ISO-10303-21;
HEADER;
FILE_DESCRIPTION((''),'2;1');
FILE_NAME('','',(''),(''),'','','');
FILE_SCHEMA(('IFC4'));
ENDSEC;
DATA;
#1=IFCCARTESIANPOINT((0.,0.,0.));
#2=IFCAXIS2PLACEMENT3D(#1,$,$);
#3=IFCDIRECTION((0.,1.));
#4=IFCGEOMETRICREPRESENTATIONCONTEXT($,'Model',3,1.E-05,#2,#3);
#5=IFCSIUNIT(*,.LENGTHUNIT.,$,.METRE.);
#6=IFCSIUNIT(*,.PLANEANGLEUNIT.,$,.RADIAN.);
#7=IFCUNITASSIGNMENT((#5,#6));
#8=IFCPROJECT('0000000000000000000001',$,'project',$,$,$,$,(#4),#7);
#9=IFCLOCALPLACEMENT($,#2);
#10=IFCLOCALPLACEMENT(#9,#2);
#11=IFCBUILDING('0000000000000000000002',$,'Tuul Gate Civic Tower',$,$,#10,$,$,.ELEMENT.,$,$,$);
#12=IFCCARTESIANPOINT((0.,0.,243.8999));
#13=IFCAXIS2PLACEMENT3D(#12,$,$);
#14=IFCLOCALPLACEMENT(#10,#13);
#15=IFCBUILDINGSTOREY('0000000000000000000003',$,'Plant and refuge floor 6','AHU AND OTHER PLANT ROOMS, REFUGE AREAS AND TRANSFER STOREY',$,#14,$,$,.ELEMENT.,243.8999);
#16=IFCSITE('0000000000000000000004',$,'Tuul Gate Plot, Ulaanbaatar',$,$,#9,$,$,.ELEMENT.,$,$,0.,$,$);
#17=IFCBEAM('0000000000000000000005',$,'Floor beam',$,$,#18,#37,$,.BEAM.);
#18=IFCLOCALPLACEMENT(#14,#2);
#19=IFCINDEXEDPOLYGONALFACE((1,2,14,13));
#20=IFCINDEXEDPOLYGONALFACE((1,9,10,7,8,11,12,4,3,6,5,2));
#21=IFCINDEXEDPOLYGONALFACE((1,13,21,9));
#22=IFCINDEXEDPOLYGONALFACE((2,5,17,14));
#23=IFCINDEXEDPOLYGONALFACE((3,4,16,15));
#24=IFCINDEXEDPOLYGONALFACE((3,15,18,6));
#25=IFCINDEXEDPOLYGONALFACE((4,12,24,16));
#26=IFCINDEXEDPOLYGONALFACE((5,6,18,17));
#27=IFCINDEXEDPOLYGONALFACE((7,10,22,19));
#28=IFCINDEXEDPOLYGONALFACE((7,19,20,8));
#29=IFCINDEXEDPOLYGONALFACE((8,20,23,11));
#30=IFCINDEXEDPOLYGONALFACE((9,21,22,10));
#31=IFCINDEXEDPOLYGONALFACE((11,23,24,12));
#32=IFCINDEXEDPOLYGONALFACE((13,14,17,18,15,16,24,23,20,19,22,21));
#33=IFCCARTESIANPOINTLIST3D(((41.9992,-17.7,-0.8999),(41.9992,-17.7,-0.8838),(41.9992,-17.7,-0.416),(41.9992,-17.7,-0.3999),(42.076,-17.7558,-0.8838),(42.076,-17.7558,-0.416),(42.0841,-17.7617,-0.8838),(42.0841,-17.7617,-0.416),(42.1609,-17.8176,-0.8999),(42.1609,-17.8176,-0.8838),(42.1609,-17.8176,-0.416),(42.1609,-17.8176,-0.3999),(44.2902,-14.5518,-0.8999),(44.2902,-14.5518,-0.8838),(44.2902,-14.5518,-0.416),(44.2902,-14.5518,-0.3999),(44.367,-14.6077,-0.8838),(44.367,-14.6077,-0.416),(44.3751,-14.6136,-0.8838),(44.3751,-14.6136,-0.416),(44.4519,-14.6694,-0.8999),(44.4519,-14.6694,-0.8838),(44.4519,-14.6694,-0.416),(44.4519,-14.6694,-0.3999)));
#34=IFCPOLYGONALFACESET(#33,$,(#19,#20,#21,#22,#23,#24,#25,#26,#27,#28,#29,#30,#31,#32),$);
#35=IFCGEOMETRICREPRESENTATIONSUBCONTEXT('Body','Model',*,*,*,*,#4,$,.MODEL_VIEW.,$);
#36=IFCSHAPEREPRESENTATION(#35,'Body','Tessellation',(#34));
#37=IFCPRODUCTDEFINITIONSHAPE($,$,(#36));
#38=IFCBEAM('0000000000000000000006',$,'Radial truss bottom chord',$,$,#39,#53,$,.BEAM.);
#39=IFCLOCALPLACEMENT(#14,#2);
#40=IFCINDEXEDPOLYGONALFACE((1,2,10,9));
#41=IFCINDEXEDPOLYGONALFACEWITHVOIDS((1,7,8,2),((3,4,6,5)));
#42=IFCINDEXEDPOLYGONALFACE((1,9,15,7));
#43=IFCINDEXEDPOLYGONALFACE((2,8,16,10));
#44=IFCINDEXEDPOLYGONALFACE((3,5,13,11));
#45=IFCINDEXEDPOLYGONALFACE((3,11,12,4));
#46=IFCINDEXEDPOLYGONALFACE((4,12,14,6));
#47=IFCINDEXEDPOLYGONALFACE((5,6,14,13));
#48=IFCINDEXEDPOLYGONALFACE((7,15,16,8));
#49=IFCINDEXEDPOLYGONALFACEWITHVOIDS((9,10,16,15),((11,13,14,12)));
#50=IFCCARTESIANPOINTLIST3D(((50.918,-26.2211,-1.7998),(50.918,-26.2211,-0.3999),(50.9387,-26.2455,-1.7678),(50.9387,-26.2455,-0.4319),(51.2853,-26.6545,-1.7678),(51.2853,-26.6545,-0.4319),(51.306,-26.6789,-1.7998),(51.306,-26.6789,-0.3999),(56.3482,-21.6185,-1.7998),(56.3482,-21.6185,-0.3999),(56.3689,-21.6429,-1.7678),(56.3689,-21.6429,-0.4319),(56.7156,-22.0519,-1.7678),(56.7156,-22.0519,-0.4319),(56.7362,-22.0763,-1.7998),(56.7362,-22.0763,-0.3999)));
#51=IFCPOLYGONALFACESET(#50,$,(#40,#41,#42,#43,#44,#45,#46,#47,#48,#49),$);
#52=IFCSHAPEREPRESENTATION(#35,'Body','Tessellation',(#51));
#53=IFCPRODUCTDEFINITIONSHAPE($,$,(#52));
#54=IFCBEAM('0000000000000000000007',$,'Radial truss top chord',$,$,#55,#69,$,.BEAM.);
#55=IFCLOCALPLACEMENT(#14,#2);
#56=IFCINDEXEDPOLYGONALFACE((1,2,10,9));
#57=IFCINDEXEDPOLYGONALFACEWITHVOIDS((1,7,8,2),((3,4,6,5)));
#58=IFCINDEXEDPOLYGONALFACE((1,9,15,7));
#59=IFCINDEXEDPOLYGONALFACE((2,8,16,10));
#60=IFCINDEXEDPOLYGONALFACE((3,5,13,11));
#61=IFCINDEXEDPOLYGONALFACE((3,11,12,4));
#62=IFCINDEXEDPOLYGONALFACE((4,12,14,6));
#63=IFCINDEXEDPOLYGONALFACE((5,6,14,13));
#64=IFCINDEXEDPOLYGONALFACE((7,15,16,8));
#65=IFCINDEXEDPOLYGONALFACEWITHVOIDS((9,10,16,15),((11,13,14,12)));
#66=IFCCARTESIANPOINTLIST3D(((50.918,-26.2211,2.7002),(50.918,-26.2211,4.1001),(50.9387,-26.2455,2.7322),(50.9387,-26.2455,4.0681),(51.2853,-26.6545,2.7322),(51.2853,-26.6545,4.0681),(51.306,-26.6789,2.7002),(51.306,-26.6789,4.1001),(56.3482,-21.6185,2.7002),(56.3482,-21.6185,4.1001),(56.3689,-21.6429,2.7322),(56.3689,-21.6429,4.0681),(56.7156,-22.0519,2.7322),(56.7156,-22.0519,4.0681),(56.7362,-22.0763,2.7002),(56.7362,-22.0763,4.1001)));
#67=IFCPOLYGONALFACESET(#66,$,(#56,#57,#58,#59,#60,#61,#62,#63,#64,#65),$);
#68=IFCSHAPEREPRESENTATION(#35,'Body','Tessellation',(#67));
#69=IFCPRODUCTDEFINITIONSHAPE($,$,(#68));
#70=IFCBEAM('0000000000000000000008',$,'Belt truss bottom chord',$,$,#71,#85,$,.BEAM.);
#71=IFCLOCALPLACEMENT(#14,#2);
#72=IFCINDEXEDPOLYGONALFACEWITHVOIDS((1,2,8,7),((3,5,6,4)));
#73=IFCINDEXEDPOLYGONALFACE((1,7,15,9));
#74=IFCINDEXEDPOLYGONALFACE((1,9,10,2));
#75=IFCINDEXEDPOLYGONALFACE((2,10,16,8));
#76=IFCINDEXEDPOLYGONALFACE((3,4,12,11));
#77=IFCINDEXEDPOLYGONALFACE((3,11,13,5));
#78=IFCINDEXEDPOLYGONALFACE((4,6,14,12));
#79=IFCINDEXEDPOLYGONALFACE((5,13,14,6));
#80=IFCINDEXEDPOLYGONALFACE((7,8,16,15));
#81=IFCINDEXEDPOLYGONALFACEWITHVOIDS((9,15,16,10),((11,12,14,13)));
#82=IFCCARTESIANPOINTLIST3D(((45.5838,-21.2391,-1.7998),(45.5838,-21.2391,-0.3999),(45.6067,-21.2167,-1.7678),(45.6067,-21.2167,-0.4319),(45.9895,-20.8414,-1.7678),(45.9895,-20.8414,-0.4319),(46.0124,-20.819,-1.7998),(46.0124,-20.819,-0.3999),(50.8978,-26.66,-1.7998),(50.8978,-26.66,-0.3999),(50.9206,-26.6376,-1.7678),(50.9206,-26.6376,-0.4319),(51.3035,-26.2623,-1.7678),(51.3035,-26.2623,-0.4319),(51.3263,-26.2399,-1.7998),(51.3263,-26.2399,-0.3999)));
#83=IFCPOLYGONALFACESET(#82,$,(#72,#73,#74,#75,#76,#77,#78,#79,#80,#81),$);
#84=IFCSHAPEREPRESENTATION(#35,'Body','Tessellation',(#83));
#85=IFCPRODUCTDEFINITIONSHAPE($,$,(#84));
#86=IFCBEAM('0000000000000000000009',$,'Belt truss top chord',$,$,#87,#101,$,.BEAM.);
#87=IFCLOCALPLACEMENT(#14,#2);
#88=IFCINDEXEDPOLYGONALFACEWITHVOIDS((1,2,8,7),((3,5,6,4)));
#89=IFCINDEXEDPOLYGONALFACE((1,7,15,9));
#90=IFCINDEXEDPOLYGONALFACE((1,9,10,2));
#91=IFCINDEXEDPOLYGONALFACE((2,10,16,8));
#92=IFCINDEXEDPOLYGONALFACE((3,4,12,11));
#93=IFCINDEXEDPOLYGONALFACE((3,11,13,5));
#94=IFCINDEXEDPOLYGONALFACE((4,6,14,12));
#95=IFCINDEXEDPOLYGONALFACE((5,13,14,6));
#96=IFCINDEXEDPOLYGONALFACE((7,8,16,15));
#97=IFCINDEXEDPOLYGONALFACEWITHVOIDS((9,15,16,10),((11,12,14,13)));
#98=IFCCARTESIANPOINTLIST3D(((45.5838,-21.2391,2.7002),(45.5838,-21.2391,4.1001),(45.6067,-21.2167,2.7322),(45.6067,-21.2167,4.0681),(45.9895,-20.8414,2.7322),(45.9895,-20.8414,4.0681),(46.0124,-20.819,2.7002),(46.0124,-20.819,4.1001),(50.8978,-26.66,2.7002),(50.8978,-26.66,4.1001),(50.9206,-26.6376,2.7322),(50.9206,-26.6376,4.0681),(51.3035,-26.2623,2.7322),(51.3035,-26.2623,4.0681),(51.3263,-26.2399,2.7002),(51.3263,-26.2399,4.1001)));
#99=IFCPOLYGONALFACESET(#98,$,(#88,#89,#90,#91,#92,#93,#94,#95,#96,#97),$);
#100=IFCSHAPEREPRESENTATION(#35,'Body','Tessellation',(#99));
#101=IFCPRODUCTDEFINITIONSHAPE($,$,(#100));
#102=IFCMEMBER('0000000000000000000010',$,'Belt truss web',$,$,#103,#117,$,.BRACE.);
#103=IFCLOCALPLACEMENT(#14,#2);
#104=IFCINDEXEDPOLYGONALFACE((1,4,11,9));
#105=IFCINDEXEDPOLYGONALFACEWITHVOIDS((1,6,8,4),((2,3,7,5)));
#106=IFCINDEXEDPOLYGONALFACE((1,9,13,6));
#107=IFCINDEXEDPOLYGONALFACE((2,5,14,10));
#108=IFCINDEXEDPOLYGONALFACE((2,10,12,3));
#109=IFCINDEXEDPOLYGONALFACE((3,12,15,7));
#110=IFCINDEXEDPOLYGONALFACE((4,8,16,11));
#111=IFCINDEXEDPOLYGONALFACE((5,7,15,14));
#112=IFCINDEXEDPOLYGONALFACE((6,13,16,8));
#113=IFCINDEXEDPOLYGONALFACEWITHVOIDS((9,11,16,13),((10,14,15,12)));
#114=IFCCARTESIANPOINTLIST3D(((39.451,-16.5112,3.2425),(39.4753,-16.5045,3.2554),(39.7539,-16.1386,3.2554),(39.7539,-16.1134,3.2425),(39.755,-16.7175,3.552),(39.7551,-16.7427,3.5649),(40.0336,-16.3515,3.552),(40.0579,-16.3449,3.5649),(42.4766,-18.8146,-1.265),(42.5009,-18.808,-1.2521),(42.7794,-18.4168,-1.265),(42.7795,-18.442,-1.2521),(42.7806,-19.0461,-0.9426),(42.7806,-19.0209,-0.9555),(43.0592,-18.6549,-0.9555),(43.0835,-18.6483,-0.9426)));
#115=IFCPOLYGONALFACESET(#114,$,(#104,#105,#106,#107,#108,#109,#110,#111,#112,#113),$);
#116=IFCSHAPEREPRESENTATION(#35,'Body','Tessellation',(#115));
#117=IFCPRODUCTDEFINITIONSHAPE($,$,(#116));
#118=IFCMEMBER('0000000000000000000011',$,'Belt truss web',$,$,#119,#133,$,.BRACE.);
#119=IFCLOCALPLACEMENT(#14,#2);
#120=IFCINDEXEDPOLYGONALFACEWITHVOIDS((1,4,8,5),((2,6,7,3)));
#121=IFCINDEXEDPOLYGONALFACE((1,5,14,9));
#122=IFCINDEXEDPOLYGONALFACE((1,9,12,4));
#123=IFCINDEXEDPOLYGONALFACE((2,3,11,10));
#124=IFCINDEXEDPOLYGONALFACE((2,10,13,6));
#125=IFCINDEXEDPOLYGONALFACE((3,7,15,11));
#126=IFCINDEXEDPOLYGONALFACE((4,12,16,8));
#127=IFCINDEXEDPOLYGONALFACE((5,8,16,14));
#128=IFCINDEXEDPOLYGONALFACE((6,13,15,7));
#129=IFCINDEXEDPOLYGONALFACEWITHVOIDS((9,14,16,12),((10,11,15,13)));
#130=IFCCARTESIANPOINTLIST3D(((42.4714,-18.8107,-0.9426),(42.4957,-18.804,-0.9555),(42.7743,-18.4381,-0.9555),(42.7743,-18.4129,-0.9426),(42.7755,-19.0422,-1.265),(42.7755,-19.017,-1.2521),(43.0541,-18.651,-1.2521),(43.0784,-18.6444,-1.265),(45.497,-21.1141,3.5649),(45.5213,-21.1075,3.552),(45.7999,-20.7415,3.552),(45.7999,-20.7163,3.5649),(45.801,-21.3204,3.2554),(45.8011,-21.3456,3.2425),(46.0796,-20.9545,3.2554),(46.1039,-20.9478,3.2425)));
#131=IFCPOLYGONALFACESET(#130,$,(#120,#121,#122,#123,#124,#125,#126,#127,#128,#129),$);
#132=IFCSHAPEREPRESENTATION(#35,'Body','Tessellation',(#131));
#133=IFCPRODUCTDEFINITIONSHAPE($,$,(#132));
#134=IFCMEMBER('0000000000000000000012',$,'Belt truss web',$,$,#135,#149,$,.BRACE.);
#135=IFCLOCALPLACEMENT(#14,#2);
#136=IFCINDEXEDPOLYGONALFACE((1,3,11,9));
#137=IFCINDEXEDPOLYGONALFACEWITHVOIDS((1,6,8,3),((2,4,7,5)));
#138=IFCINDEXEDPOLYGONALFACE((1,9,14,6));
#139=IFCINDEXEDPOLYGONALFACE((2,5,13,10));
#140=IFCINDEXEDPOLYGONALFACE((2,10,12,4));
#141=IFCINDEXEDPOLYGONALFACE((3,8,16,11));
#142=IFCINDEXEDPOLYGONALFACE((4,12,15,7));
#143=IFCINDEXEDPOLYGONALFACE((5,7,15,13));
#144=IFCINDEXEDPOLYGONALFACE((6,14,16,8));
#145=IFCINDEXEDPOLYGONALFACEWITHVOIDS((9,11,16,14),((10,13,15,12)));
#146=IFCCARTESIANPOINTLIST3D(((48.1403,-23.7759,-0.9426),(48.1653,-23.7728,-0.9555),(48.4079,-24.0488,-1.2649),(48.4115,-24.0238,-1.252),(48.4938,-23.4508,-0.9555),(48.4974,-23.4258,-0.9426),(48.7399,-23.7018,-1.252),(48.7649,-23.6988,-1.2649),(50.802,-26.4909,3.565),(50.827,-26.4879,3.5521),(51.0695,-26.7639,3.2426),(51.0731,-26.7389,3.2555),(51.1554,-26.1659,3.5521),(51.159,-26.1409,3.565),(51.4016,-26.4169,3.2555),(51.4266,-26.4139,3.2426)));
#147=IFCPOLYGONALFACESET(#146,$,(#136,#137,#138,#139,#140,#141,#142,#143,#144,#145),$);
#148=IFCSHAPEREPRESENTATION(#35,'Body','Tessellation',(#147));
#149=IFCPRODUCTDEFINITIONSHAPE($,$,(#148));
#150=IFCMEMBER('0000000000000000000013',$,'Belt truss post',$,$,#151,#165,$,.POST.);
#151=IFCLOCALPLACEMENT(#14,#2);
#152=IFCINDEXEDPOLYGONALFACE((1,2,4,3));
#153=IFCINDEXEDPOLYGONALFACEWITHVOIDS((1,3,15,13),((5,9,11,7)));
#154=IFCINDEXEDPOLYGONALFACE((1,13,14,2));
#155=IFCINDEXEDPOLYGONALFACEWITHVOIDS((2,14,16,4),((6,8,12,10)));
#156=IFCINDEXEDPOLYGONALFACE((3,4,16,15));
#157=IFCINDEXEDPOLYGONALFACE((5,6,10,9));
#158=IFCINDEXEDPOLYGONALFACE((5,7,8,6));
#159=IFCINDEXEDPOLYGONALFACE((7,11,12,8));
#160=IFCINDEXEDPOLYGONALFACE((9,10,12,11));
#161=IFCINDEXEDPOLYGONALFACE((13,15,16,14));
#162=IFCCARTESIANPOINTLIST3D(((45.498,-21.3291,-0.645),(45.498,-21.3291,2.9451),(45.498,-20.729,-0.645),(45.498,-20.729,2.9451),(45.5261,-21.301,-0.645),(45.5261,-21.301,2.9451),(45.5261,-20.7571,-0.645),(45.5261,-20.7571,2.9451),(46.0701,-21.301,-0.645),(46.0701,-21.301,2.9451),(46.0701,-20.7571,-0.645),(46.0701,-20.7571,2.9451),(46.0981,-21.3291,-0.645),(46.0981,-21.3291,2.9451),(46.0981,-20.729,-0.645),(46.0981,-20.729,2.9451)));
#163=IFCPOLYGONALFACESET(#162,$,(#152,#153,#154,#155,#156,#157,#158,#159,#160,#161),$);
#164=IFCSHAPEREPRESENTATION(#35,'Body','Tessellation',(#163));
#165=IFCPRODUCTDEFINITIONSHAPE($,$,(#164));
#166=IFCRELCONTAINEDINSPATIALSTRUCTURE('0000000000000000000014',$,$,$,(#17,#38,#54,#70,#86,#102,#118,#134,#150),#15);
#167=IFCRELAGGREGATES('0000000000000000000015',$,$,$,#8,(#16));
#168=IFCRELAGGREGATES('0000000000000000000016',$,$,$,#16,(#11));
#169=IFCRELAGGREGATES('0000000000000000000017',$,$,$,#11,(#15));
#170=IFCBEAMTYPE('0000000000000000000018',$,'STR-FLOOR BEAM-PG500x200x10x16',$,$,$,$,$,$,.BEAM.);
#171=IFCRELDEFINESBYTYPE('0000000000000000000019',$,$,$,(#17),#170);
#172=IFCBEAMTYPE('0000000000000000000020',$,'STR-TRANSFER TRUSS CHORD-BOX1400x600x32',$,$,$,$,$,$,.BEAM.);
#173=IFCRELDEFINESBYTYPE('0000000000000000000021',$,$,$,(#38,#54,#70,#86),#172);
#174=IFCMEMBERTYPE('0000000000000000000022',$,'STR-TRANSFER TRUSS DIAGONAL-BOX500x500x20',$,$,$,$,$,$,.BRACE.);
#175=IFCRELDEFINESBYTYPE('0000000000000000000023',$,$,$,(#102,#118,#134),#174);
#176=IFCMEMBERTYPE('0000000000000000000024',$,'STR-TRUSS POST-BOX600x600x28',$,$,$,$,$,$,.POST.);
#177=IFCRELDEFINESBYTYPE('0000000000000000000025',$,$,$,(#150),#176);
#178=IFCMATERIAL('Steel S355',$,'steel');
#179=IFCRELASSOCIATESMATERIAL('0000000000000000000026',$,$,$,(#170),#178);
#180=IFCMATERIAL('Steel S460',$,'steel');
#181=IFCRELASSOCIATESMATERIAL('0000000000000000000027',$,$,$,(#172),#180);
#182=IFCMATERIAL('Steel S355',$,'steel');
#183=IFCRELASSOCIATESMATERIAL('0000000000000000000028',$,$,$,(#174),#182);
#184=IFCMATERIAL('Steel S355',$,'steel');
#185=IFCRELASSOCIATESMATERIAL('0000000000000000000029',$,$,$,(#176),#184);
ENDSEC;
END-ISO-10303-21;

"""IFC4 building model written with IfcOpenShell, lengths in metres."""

from ifc_helpers import new_model, si_unit, direction, frame, origin, origin_2d, place, context, subcontext, project, spatial, hollow_rectangle, i_section, extrude, material, material_profile, profile_set, type_object, element, save


model = new_model("IFC4")

# Units and contexts
model_context = context("Model", 3, precision=1e-05, world=origin(), true_north=direction((0.0, 1.0)))
body_context = subcontext(model_context, "Body", "Model", "MODEL_VIEW")
ifc_project = project(units=[si_unit("LENGTHUNIT", "METRE"), si_unit("PLANEANGLEUNIT", "RADIAN")], contexts=[model_context])

# Site, building, storey
site_placement = place(None, origin())
site = spatial("IfcSite", under=ifc_project, at=site_placement, Name="Tuul Gate Plot, Ulaanbaatar", CompositionType="ELEMENT", RefElevation=0.0)
building_placement = place(site_placement, origin())
building = spatial("IfcBuilding", under=site, at=building_placement, Name="Tuul Gate Civic Tower", CompositionType="ELEMENT")
storey_placement = place(building_placement, frame((0.0, 0.0, 243.8999)))
storey = spatial("IfcBuildingStorey", under=building, at=storey_placement, Name="Plant and refuge floor 6", Description="AHU AND OTHER PLANT ROOMS, REFUGE AREAS AND TRANSFER STOREY", CompositionType="ELEMENT", Elevation=243.8999)

# Beams
ifc_material_1 = material(Name="Steel S355", Category="steel")
ifc_material_profile_1 = material_profile(ifc_material_1, i_section(OverallWidth=0.2, OverallDepth=0.5, WebThickness=0.01, FlangeThickness=0.0161, at=origin_2d()), Name="PG500x200x10x16")
ifc_profile_set_1 = profile_set([ifc_material_profile_1], Name="Steel S355")
beam_type_1 = type_object("IfcBeamType", Name="STR-FLOOR BEAM-PG500x200x10x16", PredefinedType="BEAM", material=ifc_profile_set_1)
beam_placement = place(storey_placement, frame((42.0801, -17.7588, -0.6499), z_axis=(0.58841, 0.808563, 0.0), x_axis=(-0.808563, 0.58841, 0.0)))
element("IfcBeam", 1, at=beam_placement, inside=storey, type_object=beam_type_1, Name="Floor beam", PredefinedType="BEAM", context=body_context, shape_type="SweptSolid", body=[
    extrude(i_section(OverallWidth=0.2, OverallDepth=0.5, WebThickness=0.01, FlangeThickness=0.0161, at=origin_2d()), origin(), (0.0, 0.0, 1.0), 3.8936),
])
ifc_material_2 = material(Name="Steel S460", Category="steel")
ifc_material_profile_2 = material_profile(ifc_material_2, hollow_rectangle(XDim=0.6001, YDim=1.3999, WallThickness=0.032, at=origin_2d()), Name="BOX1400x600x32")
ifc_profile_set_2 = profile_set([ifc_material_profile_2], Name="Steel S460")
beam_type_2 = type_object("IfcBeamType", Name="STR-TRANSFER TRUSS CHORD-BOX1400x600x32", PredefinedType="BEAM", material=ifc_profile_set_2)
for number, where, z_axis, x_axis, name in (
    (2, (56.5422, -21.8474, -1.0999), (-0.762847, -0.646579, 0.0), (0.646579, -0.762847, 0.0), "Radial truss bottom chord"),
    (3, (56.5422, -21.8474, 3.4001), (-0.762847, -0.646579, 0.0), (0.646579, -0.762847, 0.0), "Radial truss top chord"),
):
    element("IfcBeam", number, at=place(storey_placement, frame(where, z_axis=z_axis, x_axis=x_axis)), inside=storey, type_object=beam_type_2, Name=name, PredefinedType="BEAM", context=body_context, shape_type="SweptSolid", body=[
        extrude(hollow_rectangle(XDim=0.6001, YDim=1.3999, WallThickness=0.032, at=origin_2d()), origin(), (0.0, 0.0, 1.0), 7.1184),
    ])
for number, where, z_axis, x_axis, name in (
    (4, (45.7981, -21.0291, -1.0999), (0.700028, -0.714115, 0.0), (0.714115, 0.700028, 0.0), "Belt truss bottom chord"),
    (5, (45.7981, -21.0291, 3.4001), (0.700028, -0.714115, 0.0), (0.714115, 0.700028, 0.0), "Belt truss top chord"),
):
    element("IfcBeam", number, at=place(storey_placement, frame(where, z_axis=z_axis, x_axis=x_axis)), inside=storey, type_object=beam_type_2, Name=name, PredefinedType="BEAM", context=body_context, shape_type="SweptSolid", body=[
        extrude(hollow_rectangle(XDim=0.6001, YDim=1.3999, WallThickness=0.032, at=origin_2d()), origin(), (0.0, 0.0, 1.0), 7.5911),
    ])

# Members
ifc_material_3 = material(Name="Steel S355", Category="steel")
ifc_material_profile_3 = material_profile(ifc_material_3, hollow_rectangle(XDim=0.5, YDim=0.5, WallThickness=0.02, at=origin_2d()), Name="BOX500x500x20")
ifc_profile_set_3 = profile_set([ifc_material_profile_3], Name="Steel S355")
member_type_1 = type_object("IfcMemberType", Name="STR-TRANSFER TRUSS DIAGONAL-BOX500x500x20", PredefinedType="BRACE", material=ifc_profile_set_3)
for number, where, z_axis, x_axis, name in (
    (6, (42.78, -18.7314, -1.1038), (-0.513051, 0.390594, 0.764339), (-0.605747, -0.795657, 0.0), "Belt truss web"),
    (7, (42.7749, -18.7275, -1.1038), (0.513051, -0.390594, 0.764339), (0.605747, 0.795657, 0.0), "Belt truss web"),
):
    element("IfcMember", number, at=place(storey_placement, frame(where, z_axis=z_axis, x_axis=x_axis)), inside=storey, type_object=member_type_1, Name=name, PredefinedType="BRACE", context=body_context, shape_type="SweptSolid", body=[
        extrude(hollow_rectangle(XDim=0.5, YDim=0.5, WallThickness=0.02, at=origin_2d()), origin(), (0.0, 0.0, 1.0), 5.8972),
    ])
member_1_placement = place(storey_placement, frame((48.4526, -23.7373, -1.1038), z_axis=(0.451355, -0.460422, 0.764389), x_axis=(0.714103, 0.700041, 0.0)))
element("IfcMember", 8, at=member_1_placement, inside=storey, type_object=member_type_1, Name="Belt truss web", PredefinedType="BRACE", context=body_context, shape_type="SweptSolid", body=[
    extrude(hollow_rectangle(XDim=0.5, YDim=0.5, WallThickness=0.02, at=origin_2d()), origin(), (0.0, 0.0, 1.0), 5.897),
])
ifc_material_4 = material(Name="Steel S355", Category="steel")
ifc_material_profile_4 = material_profile(ifc_material_4, hollow_rectangle(XDim=0.6001, YDim=0.6001, WallThickness=0.0281, at=origin_2d()), Name="BOX600x600x28")
ifc_profile_set_4 = profile_set([ifc_material_profile_4], Name="Steel S355")
member_type_2 = type_object("IfcMemberType", Name="STR-TRUSS POST-BOX600x600x28", PredefinedType="POST", material=ifc_profile_set_4)
member_2_placement = place(storey_placement, frame((45.7981, -21.0291, -0.645), z_axis=(0.0, 0.0, 1.0), x_axis=(1.0, 0.0, 0.0)))
element("IfcMember", 9, at=member_2_placement, inside=storey, type_object=member_type_2, Name="Belt truss post", PredefinedType="POST", context=body_context, shape_type="SweptSolid", body=[
    extrude(hollow_rectangle(XDim=0.6001, YDim=0.6001, WallThickness=0.0281, at=origin_2d()), origin(), (0.0, 0.0, 1.0), 3.5901),
])

save(model, "model.ifc")
